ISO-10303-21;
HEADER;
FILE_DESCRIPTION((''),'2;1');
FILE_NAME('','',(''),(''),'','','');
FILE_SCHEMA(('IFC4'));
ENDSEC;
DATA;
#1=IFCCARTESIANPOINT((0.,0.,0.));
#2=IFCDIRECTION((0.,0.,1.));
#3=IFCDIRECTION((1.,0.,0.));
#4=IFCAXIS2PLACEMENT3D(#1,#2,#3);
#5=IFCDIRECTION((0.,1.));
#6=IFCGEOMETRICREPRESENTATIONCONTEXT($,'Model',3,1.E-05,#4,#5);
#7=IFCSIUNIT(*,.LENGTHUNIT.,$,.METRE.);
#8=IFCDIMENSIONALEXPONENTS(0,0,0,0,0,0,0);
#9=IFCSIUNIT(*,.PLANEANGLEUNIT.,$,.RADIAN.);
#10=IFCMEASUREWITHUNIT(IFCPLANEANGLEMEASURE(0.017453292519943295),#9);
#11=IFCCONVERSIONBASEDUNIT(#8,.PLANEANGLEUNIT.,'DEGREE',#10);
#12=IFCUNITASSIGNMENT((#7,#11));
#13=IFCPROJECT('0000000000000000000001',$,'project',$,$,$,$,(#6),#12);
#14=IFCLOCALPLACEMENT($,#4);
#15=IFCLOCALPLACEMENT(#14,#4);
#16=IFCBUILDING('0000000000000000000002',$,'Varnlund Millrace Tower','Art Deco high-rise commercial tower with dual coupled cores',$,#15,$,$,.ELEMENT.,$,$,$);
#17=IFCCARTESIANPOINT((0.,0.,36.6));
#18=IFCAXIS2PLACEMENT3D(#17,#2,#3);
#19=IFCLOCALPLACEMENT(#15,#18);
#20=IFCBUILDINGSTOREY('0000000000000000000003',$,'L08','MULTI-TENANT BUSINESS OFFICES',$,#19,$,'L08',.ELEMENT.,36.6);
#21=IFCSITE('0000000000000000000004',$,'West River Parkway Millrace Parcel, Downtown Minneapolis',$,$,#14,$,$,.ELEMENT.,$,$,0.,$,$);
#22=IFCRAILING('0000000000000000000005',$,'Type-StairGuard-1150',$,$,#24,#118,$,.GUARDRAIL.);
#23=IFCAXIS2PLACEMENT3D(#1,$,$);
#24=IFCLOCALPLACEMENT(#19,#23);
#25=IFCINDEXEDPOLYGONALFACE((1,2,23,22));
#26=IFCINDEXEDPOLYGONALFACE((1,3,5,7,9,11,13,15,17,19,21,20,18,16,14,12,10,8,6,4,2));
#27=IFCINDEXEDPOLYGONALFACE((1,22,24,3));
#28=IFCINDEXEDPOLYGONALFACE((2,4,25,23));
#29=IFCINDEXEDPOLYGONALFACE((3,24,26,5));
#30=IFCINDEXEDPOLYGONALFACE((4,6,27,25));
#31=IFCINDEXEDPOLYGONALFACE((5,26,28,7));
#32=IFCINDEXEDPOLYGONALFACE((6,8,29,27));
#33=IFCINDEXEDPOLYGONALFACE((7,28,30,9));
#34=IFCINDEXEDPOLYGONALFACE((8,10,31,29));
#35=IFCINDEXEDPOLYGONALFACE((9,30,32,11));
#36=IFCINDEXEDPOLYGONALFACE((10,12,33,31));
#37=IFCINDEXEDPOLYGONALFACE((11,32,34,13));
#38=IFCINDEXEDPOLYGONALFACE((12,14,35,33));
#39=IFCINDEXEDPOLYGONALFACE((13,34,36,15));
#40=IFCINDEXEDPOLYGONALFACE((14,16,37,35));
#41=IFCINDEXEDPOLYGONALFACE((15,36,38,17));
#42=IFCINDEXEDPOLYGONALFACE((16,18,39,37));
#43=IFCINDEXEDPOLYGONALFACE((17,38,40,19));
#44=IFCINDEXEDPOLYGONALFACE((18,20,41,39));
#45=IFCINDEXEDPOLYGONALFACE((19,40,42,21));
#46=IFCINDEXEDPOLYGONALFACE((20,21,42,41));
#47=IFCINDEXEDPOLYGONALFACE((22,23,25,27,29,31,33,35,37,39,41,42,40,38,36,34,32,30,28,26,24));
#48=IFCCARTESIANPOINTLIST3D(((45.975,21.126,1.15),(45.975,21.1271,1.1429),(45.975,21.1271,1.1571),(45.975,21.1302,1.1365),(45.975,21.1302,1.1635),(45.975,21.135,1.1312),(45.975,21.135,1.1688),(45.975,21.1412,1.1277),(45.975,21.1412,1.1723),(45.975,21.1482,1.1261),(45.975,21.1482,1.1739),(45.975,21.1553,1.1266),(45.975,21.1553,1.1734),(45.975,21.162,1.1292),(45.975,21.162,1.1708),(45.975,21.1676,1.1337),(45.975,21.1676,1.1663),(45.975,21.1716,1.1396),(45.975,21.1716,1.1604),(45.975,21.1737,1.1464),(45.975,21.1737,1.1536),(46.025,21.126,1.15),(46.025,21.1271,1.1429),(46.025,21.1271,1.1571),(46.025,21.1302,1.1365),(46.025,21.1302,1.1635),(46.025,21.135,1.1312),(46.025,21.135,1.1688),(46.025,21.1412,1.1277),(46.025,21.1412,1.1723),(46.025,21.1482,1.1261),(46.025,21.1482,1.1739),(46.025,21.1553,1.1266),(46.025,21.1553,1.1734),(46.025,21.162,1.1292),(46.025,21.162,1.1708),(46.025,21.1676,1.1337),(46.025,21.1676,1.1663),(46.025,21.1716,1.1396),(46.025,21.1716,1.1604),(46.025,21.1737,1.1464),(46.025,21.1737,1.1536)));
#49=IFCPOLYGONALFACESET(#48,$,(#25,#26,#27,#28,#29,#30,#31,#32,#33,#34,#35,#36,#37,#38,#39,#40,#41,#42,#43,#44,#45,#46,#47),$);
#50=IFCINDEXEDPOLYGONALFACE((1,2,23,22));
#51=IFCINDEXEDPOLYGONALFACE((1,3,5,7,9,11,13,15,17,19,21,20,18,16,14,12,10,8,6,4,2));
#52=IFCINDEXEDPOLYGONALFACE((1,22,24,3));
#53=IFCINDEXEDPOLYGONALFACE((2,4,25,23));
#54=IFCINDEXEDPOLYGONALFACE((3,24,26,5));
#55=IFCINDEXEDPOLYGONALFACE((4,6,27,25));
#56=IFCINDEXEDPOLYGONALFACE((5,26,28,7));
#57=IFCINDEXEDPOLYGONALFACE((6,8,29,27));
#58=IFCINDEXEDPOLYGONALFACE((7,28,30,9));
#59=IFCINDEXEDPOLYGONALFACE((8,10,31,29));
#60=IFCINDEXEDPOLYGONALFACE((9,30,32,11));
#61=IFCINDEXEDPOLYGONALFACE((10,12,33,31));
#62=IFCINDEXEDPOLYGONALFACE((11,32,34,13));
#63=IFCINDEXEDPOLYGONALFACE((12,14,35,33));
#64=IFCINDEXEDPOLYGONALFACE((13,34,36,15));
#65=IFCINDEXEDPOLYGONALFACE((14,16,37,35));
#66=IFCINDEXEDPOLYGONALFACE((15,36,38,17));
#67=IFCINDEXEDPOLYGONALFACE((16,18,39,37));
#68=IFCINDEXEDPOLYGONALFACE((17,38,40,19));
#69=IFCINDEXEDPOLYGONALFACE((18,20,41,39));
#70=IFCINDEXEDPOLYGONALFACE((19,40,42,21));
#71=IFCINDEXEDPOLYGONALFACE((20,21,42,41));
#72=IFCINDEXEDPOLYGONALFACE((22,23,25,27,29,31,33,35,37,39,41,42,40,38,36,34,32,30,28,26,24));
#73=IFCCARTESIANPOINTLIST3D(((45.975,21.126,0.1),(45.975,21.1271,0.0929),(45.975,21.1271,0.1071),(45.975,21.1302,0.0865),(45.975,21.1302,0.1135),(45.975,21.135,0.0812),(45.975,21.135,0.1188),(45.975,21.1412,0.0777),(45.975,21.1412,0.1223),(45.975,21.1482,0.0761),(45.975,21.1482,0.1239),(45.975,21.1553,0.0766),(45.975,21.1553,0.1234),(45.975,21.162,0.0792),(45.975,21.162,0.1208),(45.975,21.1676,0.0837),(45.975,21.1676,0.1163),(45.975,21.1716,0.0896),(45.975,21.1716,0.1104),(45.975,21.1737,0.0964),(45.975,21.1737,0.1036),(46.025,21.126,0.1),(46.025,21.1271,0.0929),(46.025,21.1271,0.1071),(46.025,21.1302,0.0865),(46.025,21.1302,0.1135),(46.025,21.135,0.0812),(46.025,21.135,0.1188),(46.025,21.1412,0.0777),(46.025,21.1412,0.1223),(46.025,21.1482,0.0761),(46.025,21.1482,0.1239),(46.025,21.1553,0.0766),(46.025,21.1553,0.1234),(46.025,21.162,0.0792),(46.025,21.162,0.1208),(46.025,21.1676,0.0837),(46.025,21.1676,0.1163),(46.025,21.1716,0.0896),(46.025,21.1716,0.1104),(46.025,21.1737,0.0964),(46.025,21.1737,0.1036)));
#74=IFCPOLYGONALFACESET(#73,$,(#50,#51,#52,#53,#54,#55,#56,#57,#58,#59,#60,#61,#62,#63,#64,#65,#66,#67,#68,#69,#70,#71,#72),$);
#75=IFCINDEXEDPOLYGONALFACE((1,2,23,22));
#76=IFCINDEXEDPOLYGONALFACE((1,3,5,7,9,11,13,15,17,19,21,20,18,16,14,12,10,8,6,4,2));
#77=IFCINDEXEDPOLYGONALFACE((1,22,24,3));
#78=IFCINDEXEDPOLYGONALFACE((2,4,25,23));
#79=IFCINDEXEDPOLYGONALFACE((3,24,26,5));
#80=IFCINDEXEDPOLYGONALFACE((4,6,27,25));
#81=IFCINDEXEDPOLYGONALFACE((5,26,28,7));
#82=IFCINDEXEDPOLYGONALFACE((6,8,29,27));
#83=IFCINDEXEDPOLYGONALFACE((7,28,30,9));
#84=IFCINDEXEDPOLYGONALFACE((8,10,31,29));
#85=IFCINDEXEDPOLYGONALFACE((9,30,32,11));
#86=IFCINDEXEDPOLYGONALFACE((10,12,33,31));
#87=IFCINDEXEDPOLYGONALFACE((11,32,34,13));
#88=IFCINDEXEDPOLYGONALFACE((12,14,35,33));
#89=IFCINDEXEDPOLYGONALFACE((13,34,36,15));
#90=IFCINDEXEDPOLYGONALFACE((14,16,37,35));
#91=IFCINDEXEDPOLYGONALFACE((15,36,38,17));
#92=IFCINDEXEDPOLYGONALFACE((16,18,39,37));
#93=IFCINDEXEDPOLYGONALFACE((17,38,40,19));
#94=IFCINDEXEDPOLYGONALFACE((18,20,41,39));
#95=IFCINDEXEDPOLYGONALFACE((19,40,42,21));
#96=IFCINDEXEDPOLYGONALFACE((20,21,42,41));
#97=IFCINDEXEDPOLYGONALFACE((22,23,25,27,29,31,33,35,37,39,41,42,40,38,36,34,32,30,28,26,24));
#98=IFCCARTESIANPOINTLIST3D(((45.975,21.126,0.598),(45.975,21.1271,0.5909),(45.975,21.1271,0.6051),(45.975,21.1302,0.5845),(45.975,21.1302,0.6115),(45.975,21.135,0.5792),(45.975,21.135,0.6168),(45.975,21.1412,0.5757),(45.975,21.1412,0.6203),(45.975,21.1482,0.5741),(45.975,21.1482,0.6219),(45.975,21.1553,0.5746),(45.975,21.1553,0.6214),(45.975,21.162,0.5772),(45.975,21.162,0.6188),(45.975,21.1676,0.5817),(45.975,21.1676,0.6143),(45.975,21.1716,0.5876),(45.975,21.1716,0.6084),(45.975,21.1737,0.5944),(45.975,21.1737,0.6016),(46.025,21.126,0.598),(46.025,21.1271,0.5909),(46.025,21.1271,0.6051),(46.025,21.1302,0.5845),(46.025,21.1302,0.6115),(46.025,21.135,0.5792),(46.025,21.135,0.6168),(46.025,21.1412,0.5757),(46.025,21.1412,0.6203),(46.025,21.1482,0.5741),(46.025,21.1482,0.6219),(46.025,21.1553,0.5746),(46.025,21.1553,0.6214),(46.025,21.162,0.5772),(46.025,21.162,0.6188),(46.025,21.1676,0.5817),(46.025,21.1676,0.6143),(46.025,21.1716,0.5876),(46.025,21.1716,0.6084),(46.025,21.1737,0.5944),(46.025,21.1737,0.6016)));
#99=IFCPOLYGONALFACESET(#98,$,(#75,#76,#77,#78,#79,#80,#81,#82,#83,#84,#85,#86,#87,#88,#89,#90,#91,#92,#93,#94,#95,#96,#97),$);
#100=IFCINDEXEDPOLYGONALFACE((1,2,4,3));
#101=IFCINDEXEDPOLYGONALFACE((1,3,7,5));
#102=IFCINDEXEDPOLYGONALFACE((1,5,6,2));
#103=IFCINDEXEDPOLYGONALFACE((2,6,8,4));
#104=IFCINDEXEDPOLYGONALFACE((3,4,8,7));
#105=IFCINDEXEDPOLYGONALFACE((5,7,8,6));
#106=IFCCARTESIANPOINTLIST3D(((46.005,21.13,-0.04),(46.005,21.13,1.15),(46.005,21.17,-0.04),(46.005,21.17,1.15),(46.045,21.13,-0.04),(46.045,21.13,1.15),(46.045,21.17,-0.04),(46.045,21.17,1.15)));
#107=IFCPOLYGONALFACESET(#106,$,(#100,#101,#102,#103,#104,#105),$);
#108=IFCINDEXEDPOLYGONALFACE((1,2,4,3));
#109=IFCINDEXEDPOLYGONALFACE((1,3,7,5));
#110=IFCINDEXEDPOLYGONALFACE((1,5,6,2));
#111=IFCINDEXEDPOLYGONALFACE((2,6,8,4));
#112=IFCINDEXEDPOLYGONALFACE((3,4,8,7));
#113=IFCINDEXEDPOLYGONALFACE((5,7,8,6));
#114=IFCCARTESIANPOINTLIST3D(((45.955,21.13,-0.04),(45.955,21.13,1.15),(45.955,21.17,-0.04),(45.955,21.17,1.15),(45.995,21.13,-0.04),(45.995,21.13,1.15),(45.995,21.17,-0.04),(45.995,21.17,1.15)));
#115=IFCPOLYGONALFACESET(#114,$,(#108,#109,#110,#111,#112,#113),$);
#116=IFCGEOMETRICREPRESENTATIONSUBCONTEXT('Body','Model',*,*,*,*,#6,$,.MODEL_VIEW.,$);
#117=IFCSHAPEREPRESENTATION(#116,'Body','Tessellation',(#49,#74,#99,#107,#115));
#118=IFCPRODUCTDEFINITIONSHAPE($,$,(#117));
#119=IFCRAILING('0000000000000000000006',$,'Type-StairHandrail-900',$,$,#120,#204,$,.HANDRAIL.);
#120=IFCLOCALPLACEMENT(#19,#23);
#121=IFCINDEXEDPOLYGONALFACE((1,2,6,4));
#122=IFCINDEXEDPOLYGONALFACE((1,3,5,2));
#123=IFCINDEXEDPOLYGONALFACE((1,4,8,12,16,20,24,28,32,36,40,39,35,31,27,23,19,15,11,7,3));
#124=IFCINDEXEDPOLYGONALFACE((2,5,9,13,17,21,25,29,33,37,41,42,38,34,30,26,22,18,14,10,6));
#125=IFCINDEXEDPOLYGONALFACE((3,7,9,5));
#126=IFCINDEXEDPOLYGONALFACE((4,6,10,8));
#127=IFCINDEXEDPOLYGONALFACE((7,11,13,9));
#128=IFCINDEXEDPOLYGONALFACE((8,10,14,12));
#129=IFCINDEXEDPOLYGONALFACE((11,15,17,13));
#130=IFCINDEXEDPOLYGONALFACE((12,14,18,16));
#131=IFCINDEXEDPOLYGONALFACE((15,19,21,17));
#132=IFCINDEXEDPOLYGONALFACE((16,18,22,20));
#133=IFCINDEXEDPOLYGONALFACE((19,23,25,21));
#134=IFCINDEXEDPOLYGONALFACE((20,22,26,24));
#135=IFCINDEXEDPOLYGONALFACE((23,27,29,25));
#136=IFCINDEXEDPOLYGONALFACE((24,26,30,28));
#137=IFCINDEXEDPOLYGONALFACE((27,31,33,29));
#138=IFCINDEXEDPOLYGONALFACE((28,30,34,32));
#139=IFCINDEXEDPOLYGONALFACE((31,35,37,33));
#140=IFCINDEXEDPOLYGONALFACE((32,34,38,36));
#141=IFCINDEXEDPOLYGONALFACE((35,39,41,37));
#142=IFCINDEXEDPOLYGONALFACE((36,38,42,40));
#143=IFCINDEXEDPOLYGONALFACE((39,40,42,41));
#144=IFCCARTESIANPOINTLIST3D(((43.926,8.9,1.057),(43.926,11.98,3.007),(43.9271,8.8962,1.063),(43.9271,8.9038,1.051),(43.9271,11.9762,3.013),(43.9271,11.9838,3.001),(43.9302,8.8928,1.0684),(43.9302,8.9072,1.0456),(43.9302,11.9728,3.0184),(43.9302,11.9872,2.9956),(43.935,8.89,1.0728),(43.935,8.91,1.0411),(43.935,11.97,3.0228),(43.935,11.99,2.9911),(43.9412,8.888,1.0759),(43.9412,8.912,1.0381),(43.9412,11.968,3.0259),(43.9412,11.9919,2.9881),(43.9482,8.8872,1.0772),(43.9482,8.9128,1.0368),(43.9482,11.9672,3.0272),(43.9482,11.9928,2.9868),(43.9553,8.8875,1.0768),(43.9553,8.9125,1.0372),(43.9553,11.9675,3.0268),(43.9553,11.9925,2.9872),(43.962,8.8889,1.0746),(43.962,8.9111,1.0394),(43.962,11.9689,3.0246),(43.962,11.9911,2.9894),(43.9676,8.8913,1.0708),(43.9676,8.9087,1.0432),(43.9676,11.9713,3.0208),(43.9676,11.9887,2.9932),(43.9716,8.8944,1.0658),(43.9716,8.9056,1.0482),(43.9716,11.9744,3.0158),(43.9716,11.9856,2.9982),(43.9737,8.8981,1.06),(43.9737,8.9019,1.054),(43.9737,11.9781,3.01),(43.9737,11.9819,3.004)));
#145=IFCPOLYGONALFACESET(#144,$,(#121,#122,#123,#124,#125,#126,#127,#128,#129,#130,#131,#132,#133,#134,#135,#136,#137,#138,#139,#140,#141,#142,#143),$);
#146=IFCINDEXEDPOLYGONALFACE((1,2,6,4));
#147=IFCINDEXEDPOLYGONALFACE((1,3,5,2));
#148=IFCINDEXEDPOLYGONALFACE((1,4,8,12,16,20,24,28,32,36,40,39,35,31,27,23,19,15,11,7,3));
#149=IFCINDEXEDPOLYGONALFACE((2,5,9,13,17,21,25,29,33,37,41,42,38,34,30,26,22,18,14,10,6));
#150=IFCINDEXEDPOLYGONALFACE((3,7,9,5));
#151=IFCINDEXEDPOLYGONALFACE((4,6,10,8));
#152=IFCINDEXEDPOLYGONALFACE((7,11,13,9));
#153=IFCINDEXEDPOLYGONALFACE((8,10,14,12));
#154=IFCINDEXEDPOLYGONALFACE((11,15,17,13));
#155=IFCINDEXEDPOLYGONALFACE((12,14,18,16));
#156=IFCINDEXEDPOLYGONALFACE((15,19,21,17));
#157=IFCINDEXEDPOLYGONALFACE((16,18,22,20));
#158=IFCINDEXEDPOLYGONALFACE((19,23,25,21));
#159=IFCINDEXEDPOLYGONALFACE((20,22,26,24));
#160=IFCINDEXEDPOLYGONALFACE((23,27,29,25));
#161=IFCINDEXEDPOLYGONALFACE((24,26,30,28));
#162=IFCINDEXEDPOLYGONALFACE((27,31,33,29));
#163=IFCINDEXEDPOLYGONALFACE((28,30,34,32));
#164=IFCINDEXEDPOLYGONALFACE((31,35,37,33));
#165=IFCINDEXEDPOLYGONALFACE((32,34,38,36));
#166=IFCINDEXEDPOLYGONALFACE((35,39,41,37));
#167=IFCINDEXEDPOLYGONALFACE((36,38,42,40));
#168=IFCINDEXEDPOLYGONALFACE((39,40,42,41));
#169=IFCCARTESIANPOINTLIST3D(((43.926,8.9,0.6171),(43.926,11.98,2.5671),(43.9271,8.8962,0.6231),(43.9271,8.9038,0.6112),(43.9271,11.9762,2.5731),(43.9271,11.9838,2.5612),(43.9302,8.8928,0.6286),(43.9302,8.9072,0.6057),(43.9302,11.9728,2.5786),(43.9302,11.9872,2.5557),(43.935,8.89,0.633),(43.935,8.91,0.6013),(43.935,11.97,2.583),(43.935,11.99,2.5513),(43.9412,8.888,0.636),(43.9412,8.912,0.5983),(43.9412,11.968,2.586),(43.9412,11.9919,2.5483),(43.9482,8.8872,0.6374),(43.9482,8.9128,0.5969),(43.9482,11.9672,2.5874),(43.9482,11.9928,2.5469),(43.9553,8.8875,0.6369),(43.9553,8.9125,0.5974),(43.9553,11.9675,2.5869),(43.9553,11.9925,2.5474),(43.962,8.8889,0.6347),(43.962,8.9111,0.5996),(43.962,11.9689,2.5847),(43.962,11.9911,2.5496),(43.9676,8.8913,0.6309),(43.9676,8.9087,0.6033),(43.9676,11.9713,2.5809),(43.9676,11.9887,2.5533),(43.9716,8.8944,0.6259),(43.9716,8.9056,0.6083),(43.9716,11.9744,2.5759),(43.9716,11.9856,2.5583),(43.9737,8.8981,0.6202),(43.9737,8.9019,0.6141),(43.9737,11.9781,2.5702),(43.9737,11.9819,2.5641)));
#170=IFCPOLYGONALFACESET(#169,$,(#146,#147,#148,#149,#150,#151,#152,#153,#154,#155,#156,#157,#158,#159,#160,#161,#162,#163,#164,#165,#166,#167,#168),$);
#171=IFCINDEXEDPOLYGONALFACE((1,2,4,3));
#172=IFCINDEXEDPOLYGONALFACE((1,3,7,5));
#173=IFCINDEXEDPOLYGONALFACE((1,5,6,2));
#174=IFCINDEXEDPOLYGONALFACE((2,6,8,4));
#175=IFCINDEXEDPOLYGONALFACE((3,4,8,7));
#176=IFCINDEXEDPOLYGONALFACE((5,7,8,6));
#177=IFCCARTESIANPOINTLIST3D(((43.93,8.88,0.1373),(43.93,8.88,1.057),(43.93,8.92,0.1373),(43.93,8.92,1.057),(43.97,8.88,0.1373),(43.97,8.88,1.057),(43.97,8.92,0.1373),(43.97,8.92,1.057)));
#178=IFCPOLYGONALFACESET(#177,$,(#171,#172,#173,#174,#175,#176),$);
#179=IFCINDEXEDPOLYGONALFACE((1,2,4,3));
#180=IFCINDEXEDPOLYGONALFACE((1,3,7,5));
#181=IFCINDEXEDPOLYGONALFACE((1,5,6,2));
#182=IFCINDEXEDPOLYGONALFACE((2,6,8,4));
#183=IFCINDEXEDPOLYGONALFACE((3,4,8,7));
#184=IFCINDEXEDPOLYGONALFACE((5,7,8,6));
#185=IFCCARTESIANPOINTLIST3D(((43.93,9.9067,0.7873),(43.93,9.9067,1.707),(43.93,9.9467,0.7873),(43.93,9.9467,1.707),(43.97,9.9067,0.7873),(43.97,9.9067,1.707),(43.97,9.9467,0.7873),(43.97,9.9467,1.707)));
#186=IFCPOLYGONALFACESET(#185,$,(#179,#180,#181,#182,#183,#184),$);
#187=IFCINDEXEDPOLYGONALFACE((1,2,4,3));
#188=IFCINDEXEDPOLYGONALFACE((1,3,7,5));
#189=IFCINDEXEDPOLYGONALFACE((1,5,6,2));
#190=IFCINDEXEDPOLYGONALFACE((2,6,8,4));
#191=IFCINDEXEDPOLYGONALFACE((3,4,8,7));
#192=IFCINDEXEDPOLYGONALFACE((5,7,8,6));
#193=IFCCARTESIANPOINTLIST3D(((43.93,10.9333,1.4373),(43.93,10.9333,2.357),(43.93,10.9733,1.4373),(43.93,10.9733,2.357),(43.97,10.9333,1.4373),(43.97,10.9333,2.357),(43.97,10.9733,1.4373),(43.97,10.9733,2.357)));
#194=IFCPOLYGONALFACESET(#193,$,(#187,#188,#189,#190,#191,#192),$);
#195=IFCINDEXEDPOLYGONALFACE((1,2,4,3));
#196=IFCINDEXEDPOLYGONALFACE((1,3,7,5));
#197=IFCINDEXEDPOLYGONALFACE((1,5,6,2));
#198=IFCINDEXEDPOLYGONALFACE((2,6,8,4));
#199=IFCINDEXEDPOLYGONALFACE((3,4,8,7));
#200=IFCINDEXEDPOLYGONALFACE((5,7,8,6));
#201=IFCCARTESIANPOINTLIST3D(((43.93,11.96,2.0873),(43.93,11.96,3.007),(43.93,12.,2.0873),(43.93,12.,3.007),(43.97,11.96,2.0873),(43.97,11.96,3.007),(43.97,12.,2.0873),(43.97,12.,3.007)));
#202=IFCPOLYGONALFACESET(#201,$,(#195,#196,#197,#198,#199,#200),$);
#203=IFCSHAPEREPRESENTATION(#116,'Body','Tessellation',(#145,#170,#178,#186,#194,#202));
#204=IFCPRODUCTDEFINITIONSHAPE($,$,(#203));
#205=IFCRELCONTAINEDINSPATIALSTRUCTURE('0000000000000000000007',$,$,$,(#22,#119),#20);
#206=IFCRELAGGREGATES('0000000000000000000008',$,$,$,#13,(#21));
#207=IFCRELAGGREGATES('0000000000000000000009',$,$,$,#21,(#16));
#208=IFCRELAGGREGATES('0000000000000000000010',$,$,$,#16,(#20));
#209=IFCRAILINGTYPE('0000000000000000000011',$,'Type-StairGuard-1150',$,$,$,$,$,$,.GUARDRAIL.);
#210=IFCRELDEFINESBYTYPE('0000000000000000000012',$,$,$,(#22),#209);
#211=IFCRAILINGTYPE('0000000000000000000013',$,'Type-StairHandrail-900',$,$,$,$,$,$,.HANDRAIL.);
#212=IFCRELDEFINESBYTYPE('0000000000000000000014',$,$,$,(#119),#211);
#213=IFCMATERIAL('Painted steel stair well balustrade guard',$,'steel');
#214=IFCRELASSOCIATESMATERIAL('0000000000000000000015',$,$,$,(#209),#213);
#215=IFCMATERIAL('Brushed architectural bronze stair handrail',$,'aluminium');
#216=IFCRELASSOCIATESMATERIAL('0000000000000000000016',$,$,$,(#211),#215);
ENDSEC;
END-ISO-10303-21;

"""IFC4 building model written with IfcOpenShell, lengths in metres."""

from ifc_helpers import new_model, entity, si_unit, converted_unit, direction, frame, origin_with_axes, origin_2d_with_axis, place, context, subcontext, project, spatial, rectangle, circle, extrude, material, type_object, element, save


model = new_model("IFC4")

# Units and contexts
model_context = context("Model", 3, precision=1e-05, world=origin_with_axes(), true_north=direction((0.0, 1.0)))
body_context = subcontext(model_context, "Body", "Model", "MODEL_VIEW")
ifc_project = project(units=[si_unit("LENGTHUNIT", "METRE"), converted_unit("PLANEANGLEUNIT", "DEGREE", entity("IfcPlaneAngleMeasure", 0.017453292519943295), si_unit("PLANEANGLEUNIT", "RADIAN"), dimensions=[0, 0, 0, 0, 0, 0, 0])], contexts=[model_context])

# Site, building, storey
site_placement = place(None, origin_with_axes())
site = spatial("IfcSite", under=ifc_project, at=site_placement, Name="West River Parkway Millrace Parcel, Downtown Minneapolis", CompositionType="ELEMENT", RefElevation=0.0)
building_placement = place(site_placement, origin_with_axes())
building = spatial("IfcBuilding", under=site, at=building_placement, Name="Varnlund Millrace Tower", Description="Art Deco high-rise commercial tower with dual coupled cores", CompositionType="ELEMENT")
storey_placement = place(building_placement, frame((0.0, 0.0, 36.6), z_axis=(0.0, 0.0, 1.0), x_axis=(1.0, 0.0, 0.0)))
storey = spatial("IfcBuildingStorey", under=building, at=storey_placement, Name="L08", Description="MULTI-TENANT BUSINESS OFFICES", LongName="L08", CompositionType="ELEMENT", Elevation=36.6)

# Railings
ifc_material_1 = material(Name="Painted steel stair well balustrade guard", Category="steel")
railing_type_1 = type_object("IfcRailingType", Name="Type-StairGuard-1150", PredefinedType="GUARDRAIL", material=ifc_material_1)
railing_1_placement = place(storey_placement, frame((0.0, 0.0, -36.6), z_axis=(0.0, 0.0, 1.0), x_axis=(1.0, 0.0, 0.0)))
element("IfcRailing", 1, at=railing_1_placement, inside=storey, type_object=railing_type_1, Name="Type-StairGuard-1150", PredefinedType="GUARDRAIL", context=body_context, shape_type="SweptSolid", body=[
    extrude(circle(Radius=0.024, at=origin_2d_with_axis()), frame((46.025, 21.15, 37.75), z_axis=(-1.0, 0.0, 0.0), x_axis=(0.0, -1.0, 0.0)), (0.0, 0.0, 1.0), 0.05),
    extrude(circle(Radius=0.024, at=origin_2d_with_axis()), frame((46.025, 21.15, 36.7), z_axis=(-1.0, 0.0, 0.0), x_axis=(0.0, -1.0, 0.0)), (0.0, 0.0, 1.0), 0.05),
    extrude(circle(Radius=0.024, at=origin_2d_with_axis()), frame((46.025, 21.15, 37.198), z_axis=(-1.0, 0.0, 0.0), x_axis=(0.0, -1.0, 0.0)), (0.0, 0.0, 1.0), 0.05),
    extrude(rectangle(XDim=0.04, YDim=0.04, at=origin_2d_with_axis()), frame((46.025, 21.15, 36.56), z_axis=(0.0, 0.0, 1.0), x_axis=(1.0, 0.0, 0.0)), (0.0, 0.0, 1.0), 1.19),
    extrude(rectangle(XDim=0.04, YDim=0.04, at=origin_2d_with_axis()), frame((45.975, 21.15, 36.56), z_axis=(0.0, 0.0, 1.0), x_axis=(1.0, 0.0, 0.0)), (0.0, 0.0, 1.0), 1.19),
])
ifc_material_2 = material(Name="Brushed architectural bronze stair handrail", Category="aluminium")
railing_type_2 = type_object("IfcRailingType", Name="Type-StairHandrail-900", PredefinedType="HANDRAIL", material=ifc_material_2)
railing_2_placement = place(storey_placement, frame((0.0, 0.0, -36.6), z_axis=(0.0, 0.0, 1.0), x_axis=(1.0, 0.0, 0.0)))
element("IfcRailing", 2, at=railing_2_placement, inside=storey, type_object=railing_type_2, Name="Type-StairHandrail-900", PredefinedType="HANDRAIL", context=body_context, shape_type="SweptSolid", body=[
    extrude(circle(Radius=0.024, at=origin_2d_with_axis()), frame((43.95, 8.9, 37.657), z_axis=(0.0, 0.844902, 0.534922), x_axis=(-1.0, 0.0, 0.0)), (0.0, 0.0, 1.0), 3.6454),
    extrude(circle(Radius=0.024, at=origin_2d_with_axis()), frame((43.95, 8.9, 37.2171), z_axis=(0.0, 0.844902, 0.534922), x_axis=(-1.0, 0.0, 0.0)), (0.0, 0.0, 1.0), 3.6454),
    extrude(rectangle(XDim=0.04, YDim=0.04, at=origin_2d_with_axis()), frame((43.95, 8.9, 36.7373), z_axis=(0.0, 0.0, 1.0), x_axis=(1.0, 0.0, 0.0)), (0.0, 0.0, 1.0), 0.9197),
    extrude(rectangle(XDim=0.04, YDim=0.04, at=origin_2d_with_axis()), frame((43.95, 9.9267, 37.3873), z_axis=(0.0, 0.0, 1.0), x_axis=(1.0, 0.0, 0.0)), (0.0, 0.0, 1.0), 0.9197),
    extrude(rectangle(XDim=0.04, YDim=0.04, at=origin_2d_with_axis()), frame((43.95, 10.9533, 38.0373), z_axis=(0.0, 0.0, 1.0), x_axis=(1.0, 0.0, 0.0)), (0.0, 0.0, 1.0), 0.9197),
    extrude(rectangle(XDim=0.04, YDim=0.04, at=origin_2d_with_axis()), frame((43.95, 11.98, 38.6873), z_axis=(0.0, 0.0, 1.0), x_axis=(1.0, 0.0, 0.0)), (0.0, 0.0, 1.0), 0.9197),
])

save(model, "model.ifc")
